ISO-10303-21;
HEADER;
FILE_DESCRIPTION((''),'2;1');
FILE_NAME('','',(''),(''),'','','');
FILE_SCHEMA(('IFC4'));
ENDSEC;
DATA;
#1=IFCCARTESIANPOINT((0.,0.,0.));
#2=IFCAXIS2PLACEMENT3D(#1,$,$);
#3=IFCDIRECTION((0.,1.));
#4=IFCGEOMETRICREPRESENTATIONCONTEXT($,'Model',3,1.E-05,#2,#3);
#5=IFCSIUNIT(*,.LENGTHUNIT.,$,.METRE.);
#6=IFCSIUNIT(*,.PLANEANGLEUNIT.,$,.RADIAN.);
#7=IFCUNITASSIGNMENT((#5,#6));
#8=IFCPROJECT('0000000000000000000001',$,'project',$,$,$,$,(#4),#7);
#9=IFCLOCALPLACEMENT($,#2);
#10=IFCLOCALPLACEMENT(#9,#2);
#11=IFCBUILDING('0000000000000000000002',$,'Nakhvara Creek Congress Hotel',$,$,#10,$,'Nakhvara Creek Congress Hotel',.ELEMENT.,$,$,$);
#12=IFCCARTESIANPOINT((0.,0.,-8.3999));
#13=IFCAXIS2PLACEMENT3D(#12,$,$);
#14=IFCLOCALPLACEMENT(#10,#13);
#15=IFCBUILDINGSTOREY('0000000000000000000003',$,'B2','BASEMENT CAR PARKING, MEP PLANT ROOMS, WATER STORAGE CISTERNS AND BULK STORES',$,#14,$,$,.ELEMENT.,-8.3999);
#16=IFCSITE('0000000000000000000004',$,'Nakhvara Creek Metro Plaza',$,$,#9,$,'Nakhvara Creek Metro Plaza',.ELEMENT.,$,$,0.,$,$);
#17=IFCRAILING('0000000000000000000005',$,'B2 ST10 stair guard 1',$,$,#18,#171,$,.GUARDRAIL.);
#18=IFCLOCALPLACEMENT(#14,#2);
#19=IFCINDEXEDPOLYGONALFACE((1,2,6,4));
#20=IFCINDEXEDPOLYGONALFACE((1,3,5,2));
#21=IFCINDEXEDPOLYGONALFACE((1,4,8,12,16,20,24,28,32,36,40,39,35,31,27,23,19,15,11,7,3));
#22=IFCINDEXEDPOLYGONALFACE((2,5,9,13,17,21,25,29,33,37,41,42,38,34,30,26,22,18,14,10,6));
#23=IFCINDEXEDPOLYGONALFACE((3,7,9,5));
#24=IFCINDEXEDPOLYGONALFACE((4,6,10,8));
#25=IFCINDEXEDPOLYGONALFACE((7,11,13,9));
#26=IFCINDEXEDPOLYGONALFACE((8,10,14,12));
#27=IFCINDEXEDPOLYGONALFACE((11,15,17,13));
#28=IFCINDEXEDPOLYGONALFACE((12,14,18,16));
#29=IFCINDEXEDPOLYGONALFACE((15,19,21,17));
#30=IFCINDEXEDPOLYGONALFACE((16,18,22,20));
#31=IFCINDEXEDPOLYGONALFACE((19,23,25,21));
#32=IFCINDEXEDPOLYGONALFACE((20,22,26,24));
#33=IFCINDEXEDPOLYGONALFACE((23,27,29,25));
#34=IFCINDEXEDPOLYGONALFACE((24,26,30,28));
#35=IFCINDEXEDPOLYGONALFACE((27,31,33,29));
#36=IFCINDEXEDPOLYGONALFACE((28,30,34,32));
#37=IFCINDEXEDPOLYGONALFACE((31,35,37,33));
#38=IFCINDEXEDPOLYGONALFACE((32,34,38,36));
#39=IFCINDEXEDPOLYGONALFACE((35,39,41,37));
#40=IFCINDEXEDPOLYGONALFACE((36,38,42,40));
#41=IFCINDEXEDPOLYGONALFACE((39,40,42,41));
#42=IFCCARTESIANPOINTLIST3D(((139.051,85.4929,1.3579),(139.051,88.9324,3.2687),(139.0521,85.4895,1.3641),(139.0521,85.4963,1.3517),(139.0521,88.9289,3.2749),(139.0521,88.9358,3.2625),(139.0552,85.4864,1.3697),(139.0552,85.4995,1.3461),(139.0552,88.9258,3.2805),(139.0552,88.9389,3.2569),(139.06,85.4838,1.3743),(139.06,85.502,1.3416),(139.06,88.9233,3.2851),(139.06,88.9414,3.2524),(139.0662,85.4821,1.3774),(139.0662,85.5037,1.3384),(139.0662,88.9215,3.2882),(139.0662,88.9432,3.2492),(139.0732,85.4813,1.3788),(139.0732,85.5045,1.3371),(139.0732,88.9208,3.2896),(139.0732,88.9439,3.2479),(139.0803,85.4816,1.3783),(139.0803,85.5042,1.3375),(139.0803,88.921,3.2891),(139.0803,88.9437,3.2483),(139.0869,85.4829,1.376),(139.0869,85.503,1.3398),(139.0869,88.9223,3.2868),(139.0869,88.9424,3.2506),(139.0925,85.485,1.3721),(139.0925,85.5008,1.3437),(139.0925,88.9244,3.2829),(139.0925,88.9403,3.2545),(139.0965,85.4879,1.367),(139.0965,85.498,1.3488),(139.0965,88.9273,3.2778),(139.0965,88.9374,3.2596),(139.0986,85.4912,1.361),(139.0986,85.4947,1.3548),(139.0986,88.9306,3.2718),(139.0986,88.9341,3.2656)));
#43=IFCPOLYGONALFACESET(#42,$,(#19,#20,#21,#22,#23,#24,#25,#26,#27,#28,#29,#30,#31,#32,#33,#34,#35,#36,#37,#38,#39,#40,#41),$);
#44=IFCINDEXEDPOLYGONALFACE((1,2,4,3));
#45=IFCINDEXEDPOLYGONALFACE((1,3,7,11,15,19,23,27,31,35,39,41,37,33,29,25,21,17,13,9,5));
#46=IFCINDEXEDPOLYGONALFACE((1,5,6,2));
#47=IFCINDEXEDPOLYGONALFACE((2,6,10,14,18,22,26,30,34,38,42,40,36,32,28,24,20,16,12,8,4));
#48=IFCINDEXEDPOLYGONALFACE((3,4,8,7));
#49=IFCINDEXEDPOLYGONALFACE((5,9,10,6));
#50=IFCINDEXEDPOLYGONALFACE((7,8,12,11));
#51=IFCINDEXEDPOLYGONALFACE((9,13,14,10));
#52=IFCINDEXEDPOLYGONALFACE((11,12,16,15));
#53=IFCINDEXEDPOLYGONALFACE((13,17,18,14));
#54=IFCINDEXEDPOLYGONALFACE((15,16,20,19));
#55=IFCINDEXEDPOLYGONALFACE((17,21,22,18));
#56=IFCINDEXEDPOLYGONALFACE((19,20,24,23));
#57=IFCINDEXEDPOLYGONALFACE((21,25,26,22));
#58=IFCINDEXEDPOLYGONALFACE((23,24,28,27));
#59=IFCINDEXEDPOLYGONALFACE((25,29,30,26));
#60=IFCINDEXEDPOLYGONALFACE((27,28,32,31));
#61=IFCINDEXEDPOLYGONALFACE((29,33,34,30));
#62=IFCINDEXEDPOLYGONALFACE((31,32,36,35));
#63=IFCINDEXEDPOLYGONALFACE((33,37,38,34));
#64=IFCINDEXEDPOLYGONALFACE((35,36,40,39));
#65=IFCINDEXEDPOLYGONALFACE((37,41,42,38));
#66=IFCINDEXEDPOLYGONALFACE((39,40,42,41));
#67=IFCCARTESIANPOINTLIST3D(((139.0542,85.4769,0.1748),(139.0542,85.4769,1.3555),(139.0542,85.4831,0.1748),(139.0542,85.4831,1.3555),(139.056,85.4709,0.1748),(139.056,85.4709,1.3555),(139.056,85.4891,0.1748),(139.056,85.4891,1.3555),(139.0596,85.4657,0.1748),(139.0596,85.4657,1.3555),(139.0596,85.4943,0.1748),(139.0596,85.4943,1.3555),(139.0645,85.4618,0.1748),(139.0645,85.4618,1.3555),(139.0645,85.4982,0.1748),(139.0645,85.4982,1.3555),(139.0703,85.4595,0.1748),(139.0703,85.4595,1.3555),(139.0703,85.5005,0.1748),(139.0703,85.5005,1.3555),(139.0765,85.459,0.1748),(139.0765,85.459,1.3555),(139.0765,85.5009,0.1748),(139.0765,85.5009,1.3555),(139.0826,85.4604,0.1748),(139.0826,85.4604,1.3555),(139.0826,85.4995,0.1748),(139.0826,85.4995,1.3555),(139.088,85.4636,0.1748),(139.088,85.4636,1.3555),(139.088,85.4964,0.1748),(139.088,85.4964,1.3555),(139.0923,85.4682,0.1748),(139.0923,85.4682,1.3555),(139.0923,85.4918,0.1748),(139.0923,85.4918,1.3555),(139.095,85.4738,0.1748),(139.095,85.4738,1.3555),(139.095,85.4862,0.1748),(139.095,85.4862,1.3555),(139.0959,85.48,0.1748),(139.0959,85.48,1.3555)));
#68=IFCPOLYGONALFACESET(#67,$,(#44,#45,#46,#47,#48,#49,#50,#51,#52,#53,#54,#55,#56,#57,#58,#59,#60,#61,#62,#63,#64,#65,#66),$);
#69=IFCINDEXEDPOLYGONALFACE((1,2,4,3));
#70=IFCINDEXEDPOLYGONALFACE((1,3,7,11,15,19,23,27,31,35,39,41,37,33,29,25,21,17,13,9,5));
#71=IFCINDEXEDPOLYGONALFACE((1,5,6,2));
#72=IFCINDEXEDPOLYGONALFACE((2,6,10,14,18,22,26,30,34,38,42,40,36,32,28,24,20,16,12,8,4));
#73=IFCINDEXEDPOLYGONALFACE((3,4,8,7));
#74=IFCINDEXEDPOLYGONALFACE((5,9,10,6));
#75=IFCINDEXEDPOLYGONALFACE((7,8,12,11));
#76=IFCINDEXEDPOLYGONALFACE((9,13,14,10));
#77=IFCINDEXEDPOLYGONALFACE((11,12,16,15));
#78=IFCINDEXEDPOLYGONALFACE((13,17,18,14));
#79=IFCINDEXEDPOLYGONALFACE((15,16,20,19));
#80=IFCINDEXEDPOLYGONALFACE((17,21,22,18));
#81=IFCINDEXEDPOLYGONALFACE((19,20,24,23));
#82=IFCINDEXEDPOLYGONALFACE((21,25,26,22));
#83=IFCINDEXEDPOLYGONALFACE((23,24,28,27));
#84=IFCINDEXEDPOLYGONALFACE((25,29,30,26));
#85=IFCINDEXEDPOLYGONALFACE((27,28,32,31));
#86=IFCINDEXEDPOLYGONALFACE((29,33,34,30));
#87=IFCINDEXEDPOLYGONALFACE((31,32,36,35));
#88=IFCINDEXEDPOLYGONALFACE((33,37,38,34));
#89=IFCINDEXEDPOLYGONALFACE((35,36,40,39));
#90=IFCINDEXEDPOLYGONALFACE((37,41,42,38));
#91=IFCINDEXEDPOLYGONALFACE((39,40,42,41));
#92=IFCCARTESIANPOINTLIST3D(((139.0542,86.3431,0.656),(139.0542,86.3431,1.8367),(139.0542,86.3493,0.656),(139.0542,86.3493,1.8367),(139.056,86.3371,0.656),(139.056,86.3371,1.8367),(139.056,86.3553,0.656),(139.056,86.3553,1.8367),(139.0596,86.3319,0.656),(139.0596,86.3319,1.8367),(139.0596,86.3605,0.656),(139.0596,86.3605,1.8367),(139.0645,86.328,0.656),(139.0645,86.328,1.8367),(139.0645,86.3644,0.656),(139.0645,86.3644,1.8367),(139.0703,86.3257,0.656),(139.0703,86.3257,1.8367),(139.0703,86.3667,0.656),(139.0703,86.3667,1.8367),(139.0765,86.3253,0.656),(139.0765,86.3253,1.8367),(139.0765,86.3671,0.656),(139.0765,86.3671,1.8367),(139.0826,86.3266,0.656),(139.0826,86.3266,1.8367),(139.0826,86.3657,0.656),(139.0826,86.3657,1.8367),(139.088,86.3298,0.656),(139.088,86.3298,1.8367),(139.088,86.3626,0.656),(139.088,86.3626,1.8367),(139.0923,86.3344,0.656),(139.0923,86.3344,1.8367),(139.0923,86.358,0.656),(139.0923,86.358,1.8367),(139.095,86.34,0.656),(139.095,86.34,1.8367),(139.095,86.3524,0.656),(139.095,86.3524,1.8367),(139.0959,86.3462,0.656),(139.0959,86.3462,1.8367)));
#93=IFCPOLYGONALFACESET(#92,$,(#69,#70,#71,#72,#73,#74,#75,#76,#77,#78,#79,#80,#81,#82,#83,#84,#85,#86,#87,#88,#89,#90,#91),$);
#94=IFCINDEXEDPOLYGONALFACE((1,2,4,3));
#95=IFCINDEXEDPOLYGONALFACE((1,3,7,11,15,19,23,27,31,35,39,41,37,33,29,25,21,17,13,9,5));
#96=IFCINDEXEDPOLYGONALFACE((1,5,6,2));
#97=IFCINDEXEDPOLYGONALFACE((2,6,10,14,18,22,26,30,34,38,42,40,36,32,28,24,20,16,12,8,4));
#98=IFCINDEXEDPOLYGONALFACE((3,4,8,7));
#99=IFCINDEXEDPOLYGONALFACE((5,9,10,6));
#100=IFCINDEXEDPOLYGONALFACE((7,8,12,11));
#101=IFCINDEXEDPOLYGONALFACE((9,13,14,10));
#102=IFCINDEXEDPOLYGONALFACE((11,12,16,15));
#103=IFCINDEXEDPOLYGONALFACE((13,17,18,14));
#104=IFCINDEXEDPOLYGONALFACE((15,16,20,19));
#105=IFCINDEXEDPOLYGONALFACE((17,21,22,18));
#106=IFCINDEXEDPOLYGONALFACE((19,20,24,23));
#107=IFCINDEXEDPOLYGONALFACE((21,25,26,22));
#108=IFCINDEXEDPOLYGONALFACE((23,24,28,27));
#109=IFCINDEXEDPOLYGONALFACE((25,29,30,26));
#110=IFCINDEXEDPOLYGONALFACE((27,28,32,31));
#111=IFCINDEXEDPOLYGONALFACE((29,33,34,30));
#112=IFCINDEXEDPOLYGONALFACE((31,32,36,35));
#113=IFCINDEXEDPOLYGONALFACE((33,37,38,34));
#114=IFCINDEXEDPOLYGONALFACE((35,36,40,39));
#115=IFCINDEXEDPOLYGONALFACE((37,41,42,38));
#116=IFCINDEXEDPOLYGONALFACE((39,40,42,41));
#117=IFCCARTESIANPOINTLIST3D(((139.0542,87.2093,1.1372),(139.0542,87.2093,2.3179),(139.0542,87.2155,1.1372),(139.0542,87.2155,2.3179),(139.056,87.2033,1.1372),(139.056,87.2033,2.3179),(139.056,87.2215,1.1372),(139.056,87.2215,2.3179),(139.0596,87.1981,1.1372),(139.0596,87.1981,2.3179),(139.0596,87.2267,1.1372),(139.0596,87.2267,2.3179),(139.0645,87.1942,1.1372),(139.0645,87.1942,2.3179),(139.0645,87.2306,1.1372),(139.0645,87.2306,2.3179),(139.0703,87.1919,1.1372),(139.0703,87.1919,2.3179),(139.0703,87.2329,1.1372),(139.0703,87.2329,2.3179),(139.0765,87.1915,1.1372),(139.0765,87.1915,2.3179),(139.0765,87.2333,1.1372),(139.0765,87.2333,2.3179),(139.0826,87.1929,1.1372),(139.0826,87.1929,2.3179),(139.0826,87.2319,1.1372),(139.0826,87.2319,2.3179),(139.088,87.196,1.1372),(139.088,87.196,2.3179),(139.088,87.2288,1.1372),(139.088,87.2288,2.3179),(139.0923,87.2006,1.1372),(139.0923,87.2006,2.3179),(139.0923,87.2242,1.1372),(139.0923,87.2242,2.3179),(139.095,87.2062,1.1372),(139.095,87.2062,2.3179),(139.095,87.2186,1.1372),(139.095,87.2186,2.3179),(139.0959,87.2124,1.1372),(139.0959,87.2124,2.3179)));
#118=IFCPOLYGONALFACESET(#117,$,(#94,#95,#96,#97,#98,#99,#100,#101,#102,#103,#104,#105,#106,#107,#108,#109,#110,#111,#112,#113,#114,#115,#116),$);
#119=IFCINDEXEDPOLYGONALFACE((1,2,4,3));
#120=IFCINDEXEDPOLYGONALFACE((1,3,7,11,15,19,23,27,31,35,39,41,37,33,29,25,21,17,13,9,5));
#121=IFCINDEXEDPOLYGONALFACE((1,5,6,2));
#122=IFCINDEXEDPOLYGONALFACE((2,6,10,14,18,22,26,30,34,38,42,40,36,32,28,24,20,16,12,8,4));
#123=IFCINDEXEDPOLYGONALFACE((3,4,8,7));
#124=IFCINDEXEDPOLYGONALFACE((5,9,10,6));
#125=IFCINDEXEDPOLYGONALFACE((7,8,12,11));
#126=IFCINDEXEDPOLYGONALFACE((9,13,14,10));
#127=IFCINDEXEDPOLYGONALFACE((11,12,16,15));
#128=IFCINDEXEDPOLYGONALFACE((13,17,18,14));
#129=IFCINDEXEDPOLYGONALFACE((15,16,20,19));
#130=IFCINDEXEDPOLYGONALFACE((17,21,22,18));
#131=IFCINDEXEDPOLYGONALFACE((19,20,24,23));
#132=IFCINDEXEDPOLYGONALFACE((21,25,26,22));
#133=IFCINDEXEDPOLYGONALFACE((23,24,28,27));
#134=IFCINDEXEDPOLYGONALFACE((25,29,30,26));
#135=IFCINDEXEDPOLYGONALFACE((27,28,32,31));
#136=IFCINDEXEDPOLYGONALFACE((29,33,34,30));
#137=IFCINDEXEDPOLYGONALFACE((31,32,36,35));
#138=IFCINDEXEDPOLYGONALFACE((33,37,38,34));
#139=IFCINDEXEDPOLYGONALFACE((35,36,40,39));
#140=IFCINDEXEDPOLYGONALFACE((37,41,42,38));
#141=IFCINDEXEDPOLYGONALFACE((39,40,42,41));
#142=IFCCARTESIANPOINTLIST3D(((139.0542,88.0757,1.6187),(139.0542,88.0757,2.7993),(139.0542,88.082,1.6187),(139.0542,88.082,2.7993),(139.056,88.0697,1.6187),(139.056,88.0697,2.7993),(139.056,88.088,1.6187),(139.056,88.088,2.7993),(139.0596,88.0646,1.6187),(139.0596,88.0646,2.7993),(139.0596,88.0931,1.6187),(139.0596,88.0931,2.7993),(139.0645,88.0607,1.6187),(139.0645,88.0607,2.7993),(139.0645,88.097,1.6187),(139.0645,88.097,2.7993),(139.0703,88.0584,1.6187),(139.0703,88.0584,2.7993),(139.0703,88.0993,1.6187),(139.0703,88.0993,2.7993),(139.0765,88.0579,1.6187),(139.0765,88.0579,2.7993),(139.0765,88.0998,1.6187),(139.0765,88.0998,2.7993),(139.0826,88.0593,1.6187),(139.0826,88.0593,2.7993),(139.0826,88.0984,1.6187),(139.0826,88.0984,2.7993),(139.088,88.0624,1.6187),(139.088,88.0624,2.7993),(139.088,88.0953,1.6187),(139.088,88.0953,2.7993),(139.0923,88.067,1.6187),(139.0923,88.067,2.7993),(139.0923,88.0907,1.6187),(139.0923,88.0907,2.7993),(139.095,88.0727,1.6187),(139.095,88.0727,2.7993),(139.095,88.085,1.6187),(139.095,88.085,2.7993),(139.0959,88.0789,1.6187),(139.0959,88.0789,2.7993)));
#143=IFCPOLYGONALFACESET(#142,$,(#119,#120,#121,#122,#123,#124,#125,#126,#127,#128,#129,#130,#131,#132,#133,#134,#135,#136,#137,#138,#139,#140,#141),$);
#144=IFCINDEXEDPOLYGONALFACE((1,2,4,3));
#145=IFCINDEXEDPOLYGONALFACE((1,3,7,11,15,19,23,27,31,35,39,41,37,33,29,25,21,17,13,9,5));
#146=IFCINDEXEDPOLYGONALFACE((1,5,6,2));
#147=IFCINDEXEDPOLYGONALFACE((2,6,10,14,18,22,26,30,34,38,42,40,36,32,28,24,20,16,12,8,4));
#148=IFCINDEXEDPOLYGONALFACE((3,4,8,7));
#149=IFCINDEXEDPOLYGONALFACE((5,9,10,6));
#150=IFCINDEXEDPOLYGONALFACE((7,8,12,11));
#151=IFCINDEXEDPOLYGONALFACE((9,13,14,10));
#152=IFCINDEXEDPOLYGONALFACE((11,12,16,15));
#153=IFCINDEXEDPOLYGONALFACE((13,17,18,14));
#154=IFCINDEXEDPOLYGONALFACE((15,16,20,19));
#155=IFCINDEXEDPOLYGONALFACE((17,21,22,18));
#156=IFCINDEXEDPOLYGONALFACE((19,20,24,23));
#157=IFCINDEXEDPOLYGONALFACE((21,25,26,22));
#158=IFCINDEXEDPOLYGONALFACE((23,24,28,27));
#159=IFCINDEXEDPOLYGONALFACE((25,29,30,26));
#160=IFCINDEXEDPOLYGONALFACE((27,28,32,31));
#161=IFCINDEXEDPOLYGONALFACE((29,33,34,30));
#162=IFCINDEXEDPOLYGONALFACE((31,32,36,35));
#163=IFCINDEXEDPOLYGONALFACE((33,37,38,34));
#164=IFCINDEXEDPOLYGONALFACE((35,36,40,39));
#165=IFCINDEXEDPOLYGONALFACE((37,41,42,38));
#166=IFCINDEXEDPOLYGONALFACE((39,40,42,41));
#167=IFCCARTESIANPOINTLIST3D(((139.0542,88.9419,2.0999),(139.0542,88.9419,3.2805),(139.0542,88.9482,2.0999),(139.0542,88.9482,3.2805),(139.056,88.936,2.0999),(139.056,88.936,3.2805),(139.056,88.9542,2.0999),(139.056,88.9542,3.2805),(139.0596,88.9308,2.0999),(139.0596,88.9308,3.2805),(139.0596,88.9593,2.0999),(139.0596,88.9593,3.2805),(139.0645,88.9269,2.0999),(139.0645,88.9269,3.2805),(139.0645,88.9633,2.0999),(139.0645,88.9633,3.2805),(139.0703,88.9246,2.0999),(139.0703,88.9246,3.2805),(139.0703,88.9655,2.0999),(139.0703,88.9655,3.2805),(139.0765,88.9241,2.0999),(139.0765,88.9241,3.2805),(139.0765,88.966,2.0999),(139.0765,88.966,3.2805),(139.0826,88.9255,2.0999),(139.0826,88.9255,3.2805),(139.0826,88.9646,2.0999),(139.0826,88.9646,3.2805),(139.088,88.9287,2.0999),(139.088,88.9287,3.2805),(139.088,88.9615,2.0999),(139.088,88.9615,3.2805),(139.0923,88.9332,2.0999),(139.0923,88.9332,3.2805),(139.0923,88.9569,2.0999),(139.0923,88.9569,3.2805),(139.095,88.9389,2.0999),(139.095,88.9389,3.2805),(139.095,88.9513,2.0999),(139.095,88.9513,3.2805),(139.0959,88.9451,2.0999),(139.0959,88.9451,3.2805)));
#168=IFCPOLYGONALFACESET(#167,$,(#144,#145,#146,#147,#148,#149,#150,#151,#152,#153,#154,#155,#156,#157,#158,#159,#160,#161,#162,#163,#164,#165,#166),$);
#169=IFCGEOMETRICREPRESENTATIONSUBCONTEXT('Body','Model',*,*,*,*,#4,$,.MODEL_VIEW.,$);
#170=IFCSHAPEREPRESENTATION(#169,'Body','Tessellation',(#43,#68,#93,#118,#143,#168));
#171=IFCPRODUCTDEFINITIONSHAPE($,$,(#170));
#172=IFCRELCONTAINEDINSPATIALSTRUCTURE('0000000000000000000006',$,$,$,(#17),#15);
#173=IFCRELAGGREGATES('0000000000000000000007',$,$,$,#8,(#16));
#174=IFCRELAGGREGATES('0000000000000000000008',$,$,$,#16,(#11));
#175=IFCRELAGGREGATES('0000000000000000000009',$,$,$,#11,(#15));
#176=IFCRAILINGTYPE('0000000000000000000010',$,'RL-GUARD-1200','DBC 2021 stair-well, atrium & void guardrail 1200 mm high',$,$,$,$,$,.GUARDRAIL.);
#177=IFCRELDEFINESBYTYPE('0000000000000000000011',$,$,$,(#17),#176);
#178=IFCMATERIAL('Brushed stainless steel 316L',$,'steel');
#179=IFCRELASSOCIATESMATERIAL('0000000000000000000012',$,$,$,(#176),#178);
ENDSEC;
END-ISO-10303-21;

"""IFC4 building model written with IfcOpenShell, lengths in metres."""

from ifc_helpers import new_model, si_unit, direction, frame, origin, origin_2d, place, context, subcontext, project, spatial, circle, extrude, material, type_object, element, save


model = new_model("IFC4")

# Units and contexts
model_context = context("Model", 3, precision=1e-05, world=origin(), true_north=direction((0.0, 1.0)))
body_context = subcontext(model_context, "Body", "Model", "MODEL_VIEW")
ifc_project = project(units=[si_unit("LENGTHUNIT", "METRE"), si_unit("PLANEANGLEUNIT", "RADIAN")], contexts=[model_context])

# Site, building, storey
site_placement = place(None, origin())
site = spatial("IfcSite", under=ifc_project, at=site_placement, Name="Nakhvara Creek Metro Plaza", LongName="Nakhvara Creek Metro Plaza", CompositionType="ELEMENT", RefElevation=0.0)
building_placement = place(site_placement, origin())
building = spatial("IfcBuilding", under=site, at=building_placement, Name="Nakhvara Creek Congress Hotel", LongName="Nakhvara Creek Congress Hotel", CompositionType="ELEMENT")
storey_placement = place(building_placement, frame((0.0, 0.0, -8.3999)))
storey = spatial("IfcBuildingStorey", under=building, at=storey_placement, Name="B2", Description="BASEMENT CAR PARKING, MEP PLANT ROOMS, WATER STORAGE CISTERNS AND BULK STORES", CompositionType="ELEMENT", Elevation=-8.3999)

# Railing
ifc_material_1 = material(Name="Brushed stainless steel 316L", Category="steel")
railing_type_1 = type_object("IfcRailingType", Name="RL-GUARD-1200", Description="DBC 2021 stair-well, atrium & void guardrail 1200 mm high", PredefinedType="GUARDRAIL", material=ifc_material_1)
railing_1_placement = place(storey_placement, frame((139.075, 85.48, 0.1748)))
element("IfcRailing", 1, at=railing_1_placement, inside=storey, type_object=railing_type_1, Name="B2 ST10 stair guard 1", PredefinedType="GUARDRAIL", context=body_context, shape_type="SweptSolid", body=[
    extrude(circle(Radius=0.0239, at=origin_2d()), frame((0.0, 0.0129, 1.1831), z_axis=(0.0, 0.874157, 0.485643), x_axis=(-1.0, 0.0, 0.0)), (0.0, 0.0, 1.0), 3.9346),
    extrude(circle(Radius=0.021, at=origin_2d()), origin(), (0.0, 0.0, 1.0), 1.1807),
    extrude(circle(Radius=0.021, at=origin_2d()), frame((0.0, 0.8662, 0.4812)), (0.0, 0.0, 1.0), 1.1807),
    extrude(circle(Radius=0.021, at=origin_2d()), frame((0.0, 1.7324, 0.9624)), (0.0, 0.0, 1.0), 1.1807),
    extrude(circle(Radius=0.021, at=origin_2d()), frame((0.0, 2.5989, 1.4438)), (0.0, 0.0, 1.0), 1.1807),
    extrude(circle(Radius=0.021, at=origin_2d()), frame((0.0, 3.4651, 1.925)), (0.0, 0.0, 1.0), 1.1807),
])

save(model, "model.ifc")
